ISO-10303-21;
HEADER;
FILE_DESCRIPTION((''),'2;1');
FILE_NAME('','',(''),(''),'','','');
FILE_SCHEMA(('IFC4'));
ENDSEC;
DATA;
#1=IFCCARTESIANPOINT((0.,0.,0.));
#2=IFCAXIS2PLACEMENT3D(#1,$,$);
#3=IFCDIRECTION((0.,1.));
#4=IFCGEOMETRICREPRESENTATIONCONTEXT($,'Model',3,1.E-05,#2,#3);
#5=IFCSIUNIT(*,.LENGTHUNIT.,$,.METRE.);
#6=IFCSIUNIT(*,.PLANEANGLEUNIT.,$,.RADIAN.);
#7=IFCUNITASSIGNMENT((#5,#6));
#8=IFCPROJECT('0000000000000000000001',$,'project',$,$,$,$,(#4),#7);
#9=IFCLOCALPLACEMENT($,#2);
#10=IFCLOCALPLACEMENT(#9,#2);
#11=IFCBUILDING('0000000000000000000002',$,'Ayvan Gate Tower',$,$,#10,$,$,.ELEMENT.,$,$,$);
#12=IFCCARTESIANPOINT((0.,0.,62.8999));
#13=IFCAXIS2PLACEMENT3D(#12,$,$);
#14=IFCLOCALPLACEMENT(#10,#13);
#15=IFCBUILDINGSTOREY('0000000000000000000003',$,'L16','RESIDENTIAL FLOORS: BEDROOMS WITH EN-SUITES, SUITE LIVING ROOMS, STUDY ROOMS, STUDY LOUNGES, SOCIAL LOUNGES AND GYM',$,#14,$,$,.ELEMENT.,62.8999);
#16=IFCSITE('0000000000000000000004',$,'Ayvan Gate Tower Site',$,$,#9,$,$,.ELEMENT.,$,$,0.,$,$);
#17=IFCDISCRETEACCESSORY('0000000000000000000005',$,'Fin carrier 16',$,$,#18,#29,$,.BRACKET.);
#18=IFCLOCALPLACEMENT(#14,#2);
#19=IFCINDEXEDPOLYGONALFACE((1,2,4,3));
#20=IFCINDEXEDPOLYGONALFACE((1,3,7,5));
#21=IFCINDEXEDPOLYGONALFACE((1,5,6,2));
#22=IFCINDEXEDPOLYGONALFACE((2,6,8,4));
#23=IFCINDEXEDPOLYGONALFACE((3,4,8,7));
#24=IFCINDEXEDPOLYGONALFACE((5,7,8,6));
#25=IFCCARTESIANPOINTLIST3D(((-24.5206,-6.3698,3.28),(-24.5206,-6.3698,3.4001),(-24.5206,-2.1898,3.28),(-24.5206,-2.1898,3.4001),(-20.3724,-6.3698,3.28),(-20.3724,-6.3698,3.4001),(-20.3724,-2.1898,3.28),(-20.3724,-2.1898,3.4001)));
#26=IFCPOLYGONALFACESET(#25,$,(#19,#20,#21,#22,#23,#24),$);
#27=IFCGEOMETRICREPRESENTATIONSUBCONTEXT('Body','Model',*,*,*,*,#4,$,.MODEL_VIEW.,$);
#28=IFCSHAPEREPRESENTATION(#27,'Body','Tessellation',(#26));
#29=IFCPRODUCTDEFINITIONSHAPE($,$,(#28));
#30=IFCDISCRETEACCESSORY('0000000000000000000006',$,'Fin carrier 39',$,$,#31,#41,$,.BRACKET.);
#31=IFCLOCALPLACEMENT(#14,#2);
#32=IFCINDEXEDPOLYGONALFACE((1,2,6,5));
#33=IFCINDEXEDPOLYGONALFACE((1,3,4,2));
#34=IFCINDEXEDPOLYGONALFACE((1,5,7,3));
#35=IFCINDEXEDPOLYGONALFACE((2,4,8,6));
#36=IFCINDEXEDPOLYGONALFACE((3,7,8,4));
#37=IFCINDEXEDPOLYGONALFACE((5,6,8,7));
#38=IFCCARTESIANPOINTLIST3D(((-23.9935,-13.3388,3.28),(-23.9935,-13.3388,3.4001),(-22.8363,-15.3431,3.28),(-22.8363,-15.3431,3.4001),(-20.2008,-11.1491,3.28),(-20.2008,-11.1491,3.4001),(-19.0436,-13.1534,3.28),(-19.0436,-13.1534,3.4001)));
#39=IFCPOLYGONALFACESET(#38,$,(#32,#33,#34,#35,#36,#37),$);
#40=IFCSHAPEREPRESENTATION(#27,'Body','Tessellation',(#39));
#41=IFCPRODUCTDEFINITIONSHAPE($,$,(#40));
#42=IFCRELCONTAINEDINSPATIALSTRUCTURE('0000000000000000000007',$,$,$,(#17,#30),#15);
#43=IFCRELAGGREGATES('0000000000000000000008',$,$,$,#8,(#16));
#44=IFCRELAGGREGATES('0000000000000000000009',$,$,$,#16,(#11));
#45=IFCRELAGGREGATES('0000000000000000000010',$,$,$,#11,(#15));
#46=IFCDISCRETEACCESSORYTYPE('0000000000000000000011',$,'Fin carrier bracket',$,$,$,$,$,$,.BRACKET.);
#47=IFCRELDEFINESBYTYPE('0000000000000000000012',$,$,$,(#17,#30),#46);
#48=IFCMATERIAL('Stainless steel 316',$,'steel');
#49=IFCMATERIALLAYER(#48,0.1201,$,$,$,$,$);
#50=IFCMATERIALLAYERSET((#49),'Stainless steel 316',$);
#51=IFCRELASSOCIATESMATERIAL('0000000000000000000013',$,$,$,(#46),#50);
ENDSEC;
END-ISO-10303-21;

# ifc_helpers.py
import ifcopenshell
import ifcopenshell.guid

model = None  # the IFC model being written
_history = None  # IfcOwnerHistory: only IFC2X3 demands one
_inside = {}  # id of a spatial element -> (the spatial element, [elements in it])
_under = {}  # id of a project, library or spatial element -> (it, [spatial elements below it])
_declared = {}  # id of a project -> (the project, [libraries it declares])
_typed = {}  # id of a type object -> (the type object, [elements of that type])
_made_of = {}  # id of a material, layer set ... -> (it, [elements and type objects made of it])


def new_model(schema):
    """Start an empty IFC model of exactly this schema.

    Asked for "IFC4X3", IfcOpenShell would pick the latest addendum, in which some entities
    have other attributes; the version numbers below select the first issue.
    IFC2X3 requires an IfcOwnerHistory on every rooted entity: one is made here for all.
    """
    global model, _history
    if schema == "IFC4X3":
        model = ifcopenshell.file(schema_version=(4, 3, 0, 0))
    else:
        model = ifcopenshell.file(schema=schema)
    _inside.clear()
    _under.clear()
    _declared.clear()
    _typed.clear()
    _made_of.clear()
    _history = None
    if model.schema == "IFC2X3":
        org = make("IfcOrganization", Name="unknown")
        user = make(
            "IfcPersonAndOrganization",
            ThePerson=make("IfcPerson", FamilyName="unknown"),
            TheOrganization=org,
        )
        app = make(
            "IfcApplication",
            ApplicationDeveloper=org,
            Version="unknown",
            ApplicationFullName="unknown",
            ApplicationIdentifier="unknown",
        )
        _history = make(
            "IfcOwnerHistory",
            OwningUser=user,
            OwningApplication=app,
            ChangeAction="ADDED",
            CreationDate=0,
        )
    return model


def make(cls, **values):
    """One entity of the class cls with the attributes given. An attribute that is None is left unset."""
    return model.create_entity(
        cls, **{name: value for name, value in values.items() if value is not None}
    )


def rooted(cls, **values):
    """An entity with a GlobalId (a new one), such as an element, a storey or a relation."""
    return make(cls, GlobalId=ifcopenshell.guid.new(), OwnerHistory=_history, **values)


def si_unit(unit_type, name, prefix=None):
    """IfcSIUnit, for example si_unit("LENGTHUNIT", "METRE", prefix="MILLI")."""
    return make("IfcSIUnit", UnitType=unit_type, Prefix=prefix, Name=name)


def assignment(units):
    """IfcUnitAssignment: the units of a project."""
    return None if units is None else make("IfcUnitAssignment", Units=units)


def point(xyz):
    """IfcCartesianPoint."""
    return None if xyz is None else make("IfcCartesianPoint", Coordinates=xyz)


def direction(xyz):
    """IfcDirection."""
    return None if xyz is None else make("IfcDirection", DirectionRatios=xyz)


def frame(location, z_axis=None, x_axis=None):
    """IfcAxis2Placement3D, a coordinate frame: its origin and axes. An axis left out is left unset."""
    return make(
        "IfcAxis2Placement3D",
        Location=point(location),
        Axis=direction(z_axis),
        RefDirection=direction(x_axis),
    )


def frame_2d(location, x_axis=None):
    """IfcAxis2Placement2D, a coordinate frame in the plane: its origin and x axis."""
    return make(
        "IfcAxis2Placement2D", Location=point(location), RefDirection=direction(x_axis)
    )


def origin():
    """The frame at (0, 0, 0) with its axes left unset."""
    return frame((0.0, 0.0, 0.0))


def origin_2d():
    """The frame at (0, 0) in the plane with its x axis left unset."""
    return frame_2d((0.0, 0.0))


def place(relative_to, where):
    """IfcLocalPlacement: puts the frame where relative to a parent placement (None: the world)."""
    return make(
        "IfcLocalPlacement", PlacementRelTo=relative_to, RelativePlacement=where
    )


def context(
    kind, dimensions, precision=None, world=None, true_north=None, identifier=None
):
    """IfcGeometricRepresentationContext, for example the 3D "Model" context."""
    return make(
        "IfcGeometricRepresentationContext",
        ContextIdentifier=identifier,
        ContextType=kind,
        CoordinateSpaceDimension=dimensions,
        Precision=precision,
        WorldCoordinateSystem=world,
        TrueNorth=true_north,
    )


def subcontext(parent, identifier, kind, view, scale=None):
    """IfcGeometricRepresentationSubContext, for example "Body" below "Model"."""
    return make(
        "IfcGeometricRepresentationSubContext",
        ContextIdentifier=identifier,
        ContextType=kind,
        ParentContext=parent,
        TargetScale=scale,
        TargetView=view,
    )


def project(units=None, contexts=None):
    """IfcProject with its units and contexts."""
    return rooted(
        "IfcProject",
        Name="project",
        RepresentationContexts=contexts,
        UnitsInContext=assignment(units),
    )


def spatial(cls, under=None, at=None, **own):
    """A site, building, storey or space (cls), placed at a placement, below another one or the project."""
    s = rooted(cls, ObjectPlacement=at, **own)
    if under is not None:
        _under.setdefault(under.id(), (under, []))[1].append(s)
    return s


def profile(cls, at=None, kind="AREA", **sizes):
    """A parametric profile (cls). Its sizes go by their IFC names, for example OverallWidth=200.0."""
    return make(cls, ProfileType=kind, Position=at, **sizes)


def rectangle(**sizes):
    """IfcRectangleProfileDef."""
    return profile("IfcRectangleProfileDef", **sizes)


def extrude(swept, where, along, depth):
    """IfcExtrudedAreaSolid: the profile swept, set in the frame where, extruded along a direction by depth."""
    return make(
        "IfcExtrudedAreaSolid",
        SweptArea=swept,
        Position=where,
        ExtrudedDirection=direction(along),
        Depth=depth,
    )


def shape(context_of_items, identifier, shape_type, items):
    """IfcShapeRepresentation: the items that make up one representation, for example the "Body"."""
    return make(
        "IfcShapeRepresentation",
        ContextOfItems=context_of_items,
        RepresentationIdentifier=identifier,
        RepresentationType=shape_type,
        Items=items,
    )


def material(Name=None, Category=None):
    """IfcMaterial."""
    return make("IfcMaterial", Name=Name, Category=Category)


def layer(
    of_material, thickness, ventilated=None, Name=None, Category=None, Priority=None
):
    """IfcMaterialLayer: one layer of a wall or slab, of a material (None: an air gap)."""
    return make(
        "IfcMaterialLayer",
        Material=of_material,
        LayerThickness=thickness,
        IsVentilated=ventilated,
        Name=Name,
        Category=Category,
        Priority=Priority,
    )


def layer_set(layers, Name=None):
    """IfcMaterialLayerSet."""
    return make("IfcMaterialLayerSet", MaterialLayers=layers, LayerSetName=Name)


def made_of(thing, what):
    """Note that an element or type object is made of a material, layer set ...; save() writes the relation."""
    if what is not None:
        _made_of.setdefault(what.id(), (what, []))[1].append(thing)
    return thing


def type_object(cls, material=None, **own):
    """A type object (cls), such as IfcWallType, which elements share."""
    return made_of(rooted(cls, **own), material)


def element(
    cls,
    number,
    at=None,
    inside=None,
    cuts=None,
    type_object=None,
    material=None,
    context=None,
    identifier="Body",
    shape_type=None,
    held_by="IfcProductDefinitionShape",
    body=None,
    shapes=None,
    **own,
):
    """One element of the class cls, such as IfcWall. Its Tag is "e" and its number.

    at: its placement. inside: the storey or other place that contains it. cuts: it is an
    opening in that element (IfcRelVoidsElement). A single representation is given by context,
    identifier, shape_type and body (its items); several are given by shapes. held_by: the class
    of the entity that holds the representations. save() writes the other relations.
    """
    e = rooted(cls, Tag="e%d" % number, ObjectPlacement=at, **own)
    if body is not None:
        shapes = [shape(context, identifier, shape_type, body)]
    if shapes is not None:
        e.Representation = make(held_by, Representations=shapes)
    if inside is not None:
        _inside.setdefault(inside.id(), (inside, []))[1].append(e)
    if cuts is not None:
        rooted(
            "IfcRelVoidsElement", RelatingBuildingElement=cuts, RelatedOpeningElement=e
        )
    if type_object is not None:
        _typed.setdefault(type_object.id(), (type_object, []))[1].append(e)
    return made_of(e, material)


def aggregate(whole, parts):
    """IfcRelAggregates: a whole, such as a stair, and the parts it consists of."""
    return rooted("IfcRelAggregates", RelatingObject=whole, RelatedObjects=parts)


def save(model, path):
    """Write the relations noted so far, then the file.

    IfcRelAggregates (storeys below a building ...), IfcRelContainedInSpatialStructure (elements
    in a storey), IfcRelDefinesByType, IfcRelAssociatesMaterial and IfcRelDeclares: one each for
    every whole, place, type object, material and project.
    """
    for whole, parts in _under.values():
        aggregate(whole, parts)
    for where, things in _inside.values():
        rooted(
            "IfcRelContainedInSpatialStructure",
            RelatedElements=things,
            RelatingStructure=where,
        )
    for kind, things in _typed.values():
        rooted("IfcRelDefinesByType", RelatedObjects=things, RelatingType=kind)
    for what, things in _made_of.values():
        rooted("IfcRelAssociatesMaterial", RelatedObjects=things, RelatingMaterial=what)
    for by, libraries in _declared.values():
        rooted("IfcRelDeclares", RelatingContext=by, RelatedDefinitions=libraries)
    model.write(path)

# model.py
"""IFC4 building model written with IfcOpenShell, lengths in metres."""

from ifc_helpers import new_model, si_unit, direction, frame, origin, origin_2d, place, context, subcontext, project, spatial, rectangle, extrude, material, layer, layer_set, type_object, element, save


model = new_model("IFC4")

# Units and contexts
model_context = context("Model", 3, precision=1e-05, world=origin(), true_north=direction((0.0, 1.0)))
body_context = subcontext(model_context, "Body", "Model", "MODEL_VIEW")
ifc_project = project(units=[si_unit("LENGTHUNIT", "METRE"), si_unit("PLANEANGLEUNIT", "RADIAN")], contexts=[model_context])

# Site, building, storey
site_placement = place(None, origin())
site = spatial("IfcSite", under=ifc_project, at=site_placement, Name="Ayvan Gate Tower Site", CompositionType="ELEMENT", RefElevation=0.0)
building_placement = place(site_placement, origin())
building = spatial("IfcBuilding", under=site, at=building_placement, Name="Ayvan Gate Tower", CompositionType="ELEMENT")
storey_placement = place(building_placement, frame((0.0, 0.0, 62.8999)))
storey = spatial("IfcBuildingStorey", under=building, at=storey_placement, Name="L16", Description="RESIDENTIAL FLOORS: BEDROOMS WITH EN-SUITES, SUITE LIVING ROOMS, STUDY ROOMS, STUDY LOUNGES, SOCIAL LOUNGES AND GYM", CompositionType="ELEMENT", Elevation=62.8999)

# Discrete accessories
ifc_material_1 = material(Name="Stainless steel 316", Category="steel")
ifc_layer_1 = layer(ifc_material_1, 0.1201)
ifc_layer_set_1 = layer_set([ifc_layer_1], Name="Stainless steel 316")
discrete_accessory_type = type_object("IfcDiscreteAccessoryType", Name="Fin carrier bracket", PredefinedType="BRACKET", material=ifc_layer_set_1)
discrete_accessory_1_placement = place(storey_placement, frame((-22.4465, -4.2798, 3.28), z_axis=(0.0, 0.0, 1.0), x_axis=(0.0, -1.0, 0.0)))
element("IfcDiscreteAccessory", 1, at=discrete_accessory_1_placement, inside=storey, type_object=discrete_accessory_type, Name="Fin carrier 16", PredefinedType="BRACKET", context=body_context, shape_type="SweptSolid", body=[
    extrude(rectangle(XDim=4.1799, YDim=4.1482, at=origin_2d()), origin(), (0.0, 0.0, 1.0), 0.1201),
])
discrete_accessory_2_placement = place(storey_placement, frame((-21.5186, -13.2461, 3.28), z_axis=(0.0, 0.0, 1.0), x_axis=(0.5, -0.866025, 0.0)))
element("IfcDiscreteAccessory", 2, at=discrete_accessory_2_placement, inside=storey, type_object=discrete_accessory_type, Name="Fin carrier 39", PredefinedType="BRACKET", context=body_context, shape_type="SweptSolid", body=[
    extrude(rectangle(XDim=2.3145, YDim=4.3794, at=origin_2d()), origin(), (0.0, 0.0, 1.0), 0.1201),
])

save(model, "model.ifc")
